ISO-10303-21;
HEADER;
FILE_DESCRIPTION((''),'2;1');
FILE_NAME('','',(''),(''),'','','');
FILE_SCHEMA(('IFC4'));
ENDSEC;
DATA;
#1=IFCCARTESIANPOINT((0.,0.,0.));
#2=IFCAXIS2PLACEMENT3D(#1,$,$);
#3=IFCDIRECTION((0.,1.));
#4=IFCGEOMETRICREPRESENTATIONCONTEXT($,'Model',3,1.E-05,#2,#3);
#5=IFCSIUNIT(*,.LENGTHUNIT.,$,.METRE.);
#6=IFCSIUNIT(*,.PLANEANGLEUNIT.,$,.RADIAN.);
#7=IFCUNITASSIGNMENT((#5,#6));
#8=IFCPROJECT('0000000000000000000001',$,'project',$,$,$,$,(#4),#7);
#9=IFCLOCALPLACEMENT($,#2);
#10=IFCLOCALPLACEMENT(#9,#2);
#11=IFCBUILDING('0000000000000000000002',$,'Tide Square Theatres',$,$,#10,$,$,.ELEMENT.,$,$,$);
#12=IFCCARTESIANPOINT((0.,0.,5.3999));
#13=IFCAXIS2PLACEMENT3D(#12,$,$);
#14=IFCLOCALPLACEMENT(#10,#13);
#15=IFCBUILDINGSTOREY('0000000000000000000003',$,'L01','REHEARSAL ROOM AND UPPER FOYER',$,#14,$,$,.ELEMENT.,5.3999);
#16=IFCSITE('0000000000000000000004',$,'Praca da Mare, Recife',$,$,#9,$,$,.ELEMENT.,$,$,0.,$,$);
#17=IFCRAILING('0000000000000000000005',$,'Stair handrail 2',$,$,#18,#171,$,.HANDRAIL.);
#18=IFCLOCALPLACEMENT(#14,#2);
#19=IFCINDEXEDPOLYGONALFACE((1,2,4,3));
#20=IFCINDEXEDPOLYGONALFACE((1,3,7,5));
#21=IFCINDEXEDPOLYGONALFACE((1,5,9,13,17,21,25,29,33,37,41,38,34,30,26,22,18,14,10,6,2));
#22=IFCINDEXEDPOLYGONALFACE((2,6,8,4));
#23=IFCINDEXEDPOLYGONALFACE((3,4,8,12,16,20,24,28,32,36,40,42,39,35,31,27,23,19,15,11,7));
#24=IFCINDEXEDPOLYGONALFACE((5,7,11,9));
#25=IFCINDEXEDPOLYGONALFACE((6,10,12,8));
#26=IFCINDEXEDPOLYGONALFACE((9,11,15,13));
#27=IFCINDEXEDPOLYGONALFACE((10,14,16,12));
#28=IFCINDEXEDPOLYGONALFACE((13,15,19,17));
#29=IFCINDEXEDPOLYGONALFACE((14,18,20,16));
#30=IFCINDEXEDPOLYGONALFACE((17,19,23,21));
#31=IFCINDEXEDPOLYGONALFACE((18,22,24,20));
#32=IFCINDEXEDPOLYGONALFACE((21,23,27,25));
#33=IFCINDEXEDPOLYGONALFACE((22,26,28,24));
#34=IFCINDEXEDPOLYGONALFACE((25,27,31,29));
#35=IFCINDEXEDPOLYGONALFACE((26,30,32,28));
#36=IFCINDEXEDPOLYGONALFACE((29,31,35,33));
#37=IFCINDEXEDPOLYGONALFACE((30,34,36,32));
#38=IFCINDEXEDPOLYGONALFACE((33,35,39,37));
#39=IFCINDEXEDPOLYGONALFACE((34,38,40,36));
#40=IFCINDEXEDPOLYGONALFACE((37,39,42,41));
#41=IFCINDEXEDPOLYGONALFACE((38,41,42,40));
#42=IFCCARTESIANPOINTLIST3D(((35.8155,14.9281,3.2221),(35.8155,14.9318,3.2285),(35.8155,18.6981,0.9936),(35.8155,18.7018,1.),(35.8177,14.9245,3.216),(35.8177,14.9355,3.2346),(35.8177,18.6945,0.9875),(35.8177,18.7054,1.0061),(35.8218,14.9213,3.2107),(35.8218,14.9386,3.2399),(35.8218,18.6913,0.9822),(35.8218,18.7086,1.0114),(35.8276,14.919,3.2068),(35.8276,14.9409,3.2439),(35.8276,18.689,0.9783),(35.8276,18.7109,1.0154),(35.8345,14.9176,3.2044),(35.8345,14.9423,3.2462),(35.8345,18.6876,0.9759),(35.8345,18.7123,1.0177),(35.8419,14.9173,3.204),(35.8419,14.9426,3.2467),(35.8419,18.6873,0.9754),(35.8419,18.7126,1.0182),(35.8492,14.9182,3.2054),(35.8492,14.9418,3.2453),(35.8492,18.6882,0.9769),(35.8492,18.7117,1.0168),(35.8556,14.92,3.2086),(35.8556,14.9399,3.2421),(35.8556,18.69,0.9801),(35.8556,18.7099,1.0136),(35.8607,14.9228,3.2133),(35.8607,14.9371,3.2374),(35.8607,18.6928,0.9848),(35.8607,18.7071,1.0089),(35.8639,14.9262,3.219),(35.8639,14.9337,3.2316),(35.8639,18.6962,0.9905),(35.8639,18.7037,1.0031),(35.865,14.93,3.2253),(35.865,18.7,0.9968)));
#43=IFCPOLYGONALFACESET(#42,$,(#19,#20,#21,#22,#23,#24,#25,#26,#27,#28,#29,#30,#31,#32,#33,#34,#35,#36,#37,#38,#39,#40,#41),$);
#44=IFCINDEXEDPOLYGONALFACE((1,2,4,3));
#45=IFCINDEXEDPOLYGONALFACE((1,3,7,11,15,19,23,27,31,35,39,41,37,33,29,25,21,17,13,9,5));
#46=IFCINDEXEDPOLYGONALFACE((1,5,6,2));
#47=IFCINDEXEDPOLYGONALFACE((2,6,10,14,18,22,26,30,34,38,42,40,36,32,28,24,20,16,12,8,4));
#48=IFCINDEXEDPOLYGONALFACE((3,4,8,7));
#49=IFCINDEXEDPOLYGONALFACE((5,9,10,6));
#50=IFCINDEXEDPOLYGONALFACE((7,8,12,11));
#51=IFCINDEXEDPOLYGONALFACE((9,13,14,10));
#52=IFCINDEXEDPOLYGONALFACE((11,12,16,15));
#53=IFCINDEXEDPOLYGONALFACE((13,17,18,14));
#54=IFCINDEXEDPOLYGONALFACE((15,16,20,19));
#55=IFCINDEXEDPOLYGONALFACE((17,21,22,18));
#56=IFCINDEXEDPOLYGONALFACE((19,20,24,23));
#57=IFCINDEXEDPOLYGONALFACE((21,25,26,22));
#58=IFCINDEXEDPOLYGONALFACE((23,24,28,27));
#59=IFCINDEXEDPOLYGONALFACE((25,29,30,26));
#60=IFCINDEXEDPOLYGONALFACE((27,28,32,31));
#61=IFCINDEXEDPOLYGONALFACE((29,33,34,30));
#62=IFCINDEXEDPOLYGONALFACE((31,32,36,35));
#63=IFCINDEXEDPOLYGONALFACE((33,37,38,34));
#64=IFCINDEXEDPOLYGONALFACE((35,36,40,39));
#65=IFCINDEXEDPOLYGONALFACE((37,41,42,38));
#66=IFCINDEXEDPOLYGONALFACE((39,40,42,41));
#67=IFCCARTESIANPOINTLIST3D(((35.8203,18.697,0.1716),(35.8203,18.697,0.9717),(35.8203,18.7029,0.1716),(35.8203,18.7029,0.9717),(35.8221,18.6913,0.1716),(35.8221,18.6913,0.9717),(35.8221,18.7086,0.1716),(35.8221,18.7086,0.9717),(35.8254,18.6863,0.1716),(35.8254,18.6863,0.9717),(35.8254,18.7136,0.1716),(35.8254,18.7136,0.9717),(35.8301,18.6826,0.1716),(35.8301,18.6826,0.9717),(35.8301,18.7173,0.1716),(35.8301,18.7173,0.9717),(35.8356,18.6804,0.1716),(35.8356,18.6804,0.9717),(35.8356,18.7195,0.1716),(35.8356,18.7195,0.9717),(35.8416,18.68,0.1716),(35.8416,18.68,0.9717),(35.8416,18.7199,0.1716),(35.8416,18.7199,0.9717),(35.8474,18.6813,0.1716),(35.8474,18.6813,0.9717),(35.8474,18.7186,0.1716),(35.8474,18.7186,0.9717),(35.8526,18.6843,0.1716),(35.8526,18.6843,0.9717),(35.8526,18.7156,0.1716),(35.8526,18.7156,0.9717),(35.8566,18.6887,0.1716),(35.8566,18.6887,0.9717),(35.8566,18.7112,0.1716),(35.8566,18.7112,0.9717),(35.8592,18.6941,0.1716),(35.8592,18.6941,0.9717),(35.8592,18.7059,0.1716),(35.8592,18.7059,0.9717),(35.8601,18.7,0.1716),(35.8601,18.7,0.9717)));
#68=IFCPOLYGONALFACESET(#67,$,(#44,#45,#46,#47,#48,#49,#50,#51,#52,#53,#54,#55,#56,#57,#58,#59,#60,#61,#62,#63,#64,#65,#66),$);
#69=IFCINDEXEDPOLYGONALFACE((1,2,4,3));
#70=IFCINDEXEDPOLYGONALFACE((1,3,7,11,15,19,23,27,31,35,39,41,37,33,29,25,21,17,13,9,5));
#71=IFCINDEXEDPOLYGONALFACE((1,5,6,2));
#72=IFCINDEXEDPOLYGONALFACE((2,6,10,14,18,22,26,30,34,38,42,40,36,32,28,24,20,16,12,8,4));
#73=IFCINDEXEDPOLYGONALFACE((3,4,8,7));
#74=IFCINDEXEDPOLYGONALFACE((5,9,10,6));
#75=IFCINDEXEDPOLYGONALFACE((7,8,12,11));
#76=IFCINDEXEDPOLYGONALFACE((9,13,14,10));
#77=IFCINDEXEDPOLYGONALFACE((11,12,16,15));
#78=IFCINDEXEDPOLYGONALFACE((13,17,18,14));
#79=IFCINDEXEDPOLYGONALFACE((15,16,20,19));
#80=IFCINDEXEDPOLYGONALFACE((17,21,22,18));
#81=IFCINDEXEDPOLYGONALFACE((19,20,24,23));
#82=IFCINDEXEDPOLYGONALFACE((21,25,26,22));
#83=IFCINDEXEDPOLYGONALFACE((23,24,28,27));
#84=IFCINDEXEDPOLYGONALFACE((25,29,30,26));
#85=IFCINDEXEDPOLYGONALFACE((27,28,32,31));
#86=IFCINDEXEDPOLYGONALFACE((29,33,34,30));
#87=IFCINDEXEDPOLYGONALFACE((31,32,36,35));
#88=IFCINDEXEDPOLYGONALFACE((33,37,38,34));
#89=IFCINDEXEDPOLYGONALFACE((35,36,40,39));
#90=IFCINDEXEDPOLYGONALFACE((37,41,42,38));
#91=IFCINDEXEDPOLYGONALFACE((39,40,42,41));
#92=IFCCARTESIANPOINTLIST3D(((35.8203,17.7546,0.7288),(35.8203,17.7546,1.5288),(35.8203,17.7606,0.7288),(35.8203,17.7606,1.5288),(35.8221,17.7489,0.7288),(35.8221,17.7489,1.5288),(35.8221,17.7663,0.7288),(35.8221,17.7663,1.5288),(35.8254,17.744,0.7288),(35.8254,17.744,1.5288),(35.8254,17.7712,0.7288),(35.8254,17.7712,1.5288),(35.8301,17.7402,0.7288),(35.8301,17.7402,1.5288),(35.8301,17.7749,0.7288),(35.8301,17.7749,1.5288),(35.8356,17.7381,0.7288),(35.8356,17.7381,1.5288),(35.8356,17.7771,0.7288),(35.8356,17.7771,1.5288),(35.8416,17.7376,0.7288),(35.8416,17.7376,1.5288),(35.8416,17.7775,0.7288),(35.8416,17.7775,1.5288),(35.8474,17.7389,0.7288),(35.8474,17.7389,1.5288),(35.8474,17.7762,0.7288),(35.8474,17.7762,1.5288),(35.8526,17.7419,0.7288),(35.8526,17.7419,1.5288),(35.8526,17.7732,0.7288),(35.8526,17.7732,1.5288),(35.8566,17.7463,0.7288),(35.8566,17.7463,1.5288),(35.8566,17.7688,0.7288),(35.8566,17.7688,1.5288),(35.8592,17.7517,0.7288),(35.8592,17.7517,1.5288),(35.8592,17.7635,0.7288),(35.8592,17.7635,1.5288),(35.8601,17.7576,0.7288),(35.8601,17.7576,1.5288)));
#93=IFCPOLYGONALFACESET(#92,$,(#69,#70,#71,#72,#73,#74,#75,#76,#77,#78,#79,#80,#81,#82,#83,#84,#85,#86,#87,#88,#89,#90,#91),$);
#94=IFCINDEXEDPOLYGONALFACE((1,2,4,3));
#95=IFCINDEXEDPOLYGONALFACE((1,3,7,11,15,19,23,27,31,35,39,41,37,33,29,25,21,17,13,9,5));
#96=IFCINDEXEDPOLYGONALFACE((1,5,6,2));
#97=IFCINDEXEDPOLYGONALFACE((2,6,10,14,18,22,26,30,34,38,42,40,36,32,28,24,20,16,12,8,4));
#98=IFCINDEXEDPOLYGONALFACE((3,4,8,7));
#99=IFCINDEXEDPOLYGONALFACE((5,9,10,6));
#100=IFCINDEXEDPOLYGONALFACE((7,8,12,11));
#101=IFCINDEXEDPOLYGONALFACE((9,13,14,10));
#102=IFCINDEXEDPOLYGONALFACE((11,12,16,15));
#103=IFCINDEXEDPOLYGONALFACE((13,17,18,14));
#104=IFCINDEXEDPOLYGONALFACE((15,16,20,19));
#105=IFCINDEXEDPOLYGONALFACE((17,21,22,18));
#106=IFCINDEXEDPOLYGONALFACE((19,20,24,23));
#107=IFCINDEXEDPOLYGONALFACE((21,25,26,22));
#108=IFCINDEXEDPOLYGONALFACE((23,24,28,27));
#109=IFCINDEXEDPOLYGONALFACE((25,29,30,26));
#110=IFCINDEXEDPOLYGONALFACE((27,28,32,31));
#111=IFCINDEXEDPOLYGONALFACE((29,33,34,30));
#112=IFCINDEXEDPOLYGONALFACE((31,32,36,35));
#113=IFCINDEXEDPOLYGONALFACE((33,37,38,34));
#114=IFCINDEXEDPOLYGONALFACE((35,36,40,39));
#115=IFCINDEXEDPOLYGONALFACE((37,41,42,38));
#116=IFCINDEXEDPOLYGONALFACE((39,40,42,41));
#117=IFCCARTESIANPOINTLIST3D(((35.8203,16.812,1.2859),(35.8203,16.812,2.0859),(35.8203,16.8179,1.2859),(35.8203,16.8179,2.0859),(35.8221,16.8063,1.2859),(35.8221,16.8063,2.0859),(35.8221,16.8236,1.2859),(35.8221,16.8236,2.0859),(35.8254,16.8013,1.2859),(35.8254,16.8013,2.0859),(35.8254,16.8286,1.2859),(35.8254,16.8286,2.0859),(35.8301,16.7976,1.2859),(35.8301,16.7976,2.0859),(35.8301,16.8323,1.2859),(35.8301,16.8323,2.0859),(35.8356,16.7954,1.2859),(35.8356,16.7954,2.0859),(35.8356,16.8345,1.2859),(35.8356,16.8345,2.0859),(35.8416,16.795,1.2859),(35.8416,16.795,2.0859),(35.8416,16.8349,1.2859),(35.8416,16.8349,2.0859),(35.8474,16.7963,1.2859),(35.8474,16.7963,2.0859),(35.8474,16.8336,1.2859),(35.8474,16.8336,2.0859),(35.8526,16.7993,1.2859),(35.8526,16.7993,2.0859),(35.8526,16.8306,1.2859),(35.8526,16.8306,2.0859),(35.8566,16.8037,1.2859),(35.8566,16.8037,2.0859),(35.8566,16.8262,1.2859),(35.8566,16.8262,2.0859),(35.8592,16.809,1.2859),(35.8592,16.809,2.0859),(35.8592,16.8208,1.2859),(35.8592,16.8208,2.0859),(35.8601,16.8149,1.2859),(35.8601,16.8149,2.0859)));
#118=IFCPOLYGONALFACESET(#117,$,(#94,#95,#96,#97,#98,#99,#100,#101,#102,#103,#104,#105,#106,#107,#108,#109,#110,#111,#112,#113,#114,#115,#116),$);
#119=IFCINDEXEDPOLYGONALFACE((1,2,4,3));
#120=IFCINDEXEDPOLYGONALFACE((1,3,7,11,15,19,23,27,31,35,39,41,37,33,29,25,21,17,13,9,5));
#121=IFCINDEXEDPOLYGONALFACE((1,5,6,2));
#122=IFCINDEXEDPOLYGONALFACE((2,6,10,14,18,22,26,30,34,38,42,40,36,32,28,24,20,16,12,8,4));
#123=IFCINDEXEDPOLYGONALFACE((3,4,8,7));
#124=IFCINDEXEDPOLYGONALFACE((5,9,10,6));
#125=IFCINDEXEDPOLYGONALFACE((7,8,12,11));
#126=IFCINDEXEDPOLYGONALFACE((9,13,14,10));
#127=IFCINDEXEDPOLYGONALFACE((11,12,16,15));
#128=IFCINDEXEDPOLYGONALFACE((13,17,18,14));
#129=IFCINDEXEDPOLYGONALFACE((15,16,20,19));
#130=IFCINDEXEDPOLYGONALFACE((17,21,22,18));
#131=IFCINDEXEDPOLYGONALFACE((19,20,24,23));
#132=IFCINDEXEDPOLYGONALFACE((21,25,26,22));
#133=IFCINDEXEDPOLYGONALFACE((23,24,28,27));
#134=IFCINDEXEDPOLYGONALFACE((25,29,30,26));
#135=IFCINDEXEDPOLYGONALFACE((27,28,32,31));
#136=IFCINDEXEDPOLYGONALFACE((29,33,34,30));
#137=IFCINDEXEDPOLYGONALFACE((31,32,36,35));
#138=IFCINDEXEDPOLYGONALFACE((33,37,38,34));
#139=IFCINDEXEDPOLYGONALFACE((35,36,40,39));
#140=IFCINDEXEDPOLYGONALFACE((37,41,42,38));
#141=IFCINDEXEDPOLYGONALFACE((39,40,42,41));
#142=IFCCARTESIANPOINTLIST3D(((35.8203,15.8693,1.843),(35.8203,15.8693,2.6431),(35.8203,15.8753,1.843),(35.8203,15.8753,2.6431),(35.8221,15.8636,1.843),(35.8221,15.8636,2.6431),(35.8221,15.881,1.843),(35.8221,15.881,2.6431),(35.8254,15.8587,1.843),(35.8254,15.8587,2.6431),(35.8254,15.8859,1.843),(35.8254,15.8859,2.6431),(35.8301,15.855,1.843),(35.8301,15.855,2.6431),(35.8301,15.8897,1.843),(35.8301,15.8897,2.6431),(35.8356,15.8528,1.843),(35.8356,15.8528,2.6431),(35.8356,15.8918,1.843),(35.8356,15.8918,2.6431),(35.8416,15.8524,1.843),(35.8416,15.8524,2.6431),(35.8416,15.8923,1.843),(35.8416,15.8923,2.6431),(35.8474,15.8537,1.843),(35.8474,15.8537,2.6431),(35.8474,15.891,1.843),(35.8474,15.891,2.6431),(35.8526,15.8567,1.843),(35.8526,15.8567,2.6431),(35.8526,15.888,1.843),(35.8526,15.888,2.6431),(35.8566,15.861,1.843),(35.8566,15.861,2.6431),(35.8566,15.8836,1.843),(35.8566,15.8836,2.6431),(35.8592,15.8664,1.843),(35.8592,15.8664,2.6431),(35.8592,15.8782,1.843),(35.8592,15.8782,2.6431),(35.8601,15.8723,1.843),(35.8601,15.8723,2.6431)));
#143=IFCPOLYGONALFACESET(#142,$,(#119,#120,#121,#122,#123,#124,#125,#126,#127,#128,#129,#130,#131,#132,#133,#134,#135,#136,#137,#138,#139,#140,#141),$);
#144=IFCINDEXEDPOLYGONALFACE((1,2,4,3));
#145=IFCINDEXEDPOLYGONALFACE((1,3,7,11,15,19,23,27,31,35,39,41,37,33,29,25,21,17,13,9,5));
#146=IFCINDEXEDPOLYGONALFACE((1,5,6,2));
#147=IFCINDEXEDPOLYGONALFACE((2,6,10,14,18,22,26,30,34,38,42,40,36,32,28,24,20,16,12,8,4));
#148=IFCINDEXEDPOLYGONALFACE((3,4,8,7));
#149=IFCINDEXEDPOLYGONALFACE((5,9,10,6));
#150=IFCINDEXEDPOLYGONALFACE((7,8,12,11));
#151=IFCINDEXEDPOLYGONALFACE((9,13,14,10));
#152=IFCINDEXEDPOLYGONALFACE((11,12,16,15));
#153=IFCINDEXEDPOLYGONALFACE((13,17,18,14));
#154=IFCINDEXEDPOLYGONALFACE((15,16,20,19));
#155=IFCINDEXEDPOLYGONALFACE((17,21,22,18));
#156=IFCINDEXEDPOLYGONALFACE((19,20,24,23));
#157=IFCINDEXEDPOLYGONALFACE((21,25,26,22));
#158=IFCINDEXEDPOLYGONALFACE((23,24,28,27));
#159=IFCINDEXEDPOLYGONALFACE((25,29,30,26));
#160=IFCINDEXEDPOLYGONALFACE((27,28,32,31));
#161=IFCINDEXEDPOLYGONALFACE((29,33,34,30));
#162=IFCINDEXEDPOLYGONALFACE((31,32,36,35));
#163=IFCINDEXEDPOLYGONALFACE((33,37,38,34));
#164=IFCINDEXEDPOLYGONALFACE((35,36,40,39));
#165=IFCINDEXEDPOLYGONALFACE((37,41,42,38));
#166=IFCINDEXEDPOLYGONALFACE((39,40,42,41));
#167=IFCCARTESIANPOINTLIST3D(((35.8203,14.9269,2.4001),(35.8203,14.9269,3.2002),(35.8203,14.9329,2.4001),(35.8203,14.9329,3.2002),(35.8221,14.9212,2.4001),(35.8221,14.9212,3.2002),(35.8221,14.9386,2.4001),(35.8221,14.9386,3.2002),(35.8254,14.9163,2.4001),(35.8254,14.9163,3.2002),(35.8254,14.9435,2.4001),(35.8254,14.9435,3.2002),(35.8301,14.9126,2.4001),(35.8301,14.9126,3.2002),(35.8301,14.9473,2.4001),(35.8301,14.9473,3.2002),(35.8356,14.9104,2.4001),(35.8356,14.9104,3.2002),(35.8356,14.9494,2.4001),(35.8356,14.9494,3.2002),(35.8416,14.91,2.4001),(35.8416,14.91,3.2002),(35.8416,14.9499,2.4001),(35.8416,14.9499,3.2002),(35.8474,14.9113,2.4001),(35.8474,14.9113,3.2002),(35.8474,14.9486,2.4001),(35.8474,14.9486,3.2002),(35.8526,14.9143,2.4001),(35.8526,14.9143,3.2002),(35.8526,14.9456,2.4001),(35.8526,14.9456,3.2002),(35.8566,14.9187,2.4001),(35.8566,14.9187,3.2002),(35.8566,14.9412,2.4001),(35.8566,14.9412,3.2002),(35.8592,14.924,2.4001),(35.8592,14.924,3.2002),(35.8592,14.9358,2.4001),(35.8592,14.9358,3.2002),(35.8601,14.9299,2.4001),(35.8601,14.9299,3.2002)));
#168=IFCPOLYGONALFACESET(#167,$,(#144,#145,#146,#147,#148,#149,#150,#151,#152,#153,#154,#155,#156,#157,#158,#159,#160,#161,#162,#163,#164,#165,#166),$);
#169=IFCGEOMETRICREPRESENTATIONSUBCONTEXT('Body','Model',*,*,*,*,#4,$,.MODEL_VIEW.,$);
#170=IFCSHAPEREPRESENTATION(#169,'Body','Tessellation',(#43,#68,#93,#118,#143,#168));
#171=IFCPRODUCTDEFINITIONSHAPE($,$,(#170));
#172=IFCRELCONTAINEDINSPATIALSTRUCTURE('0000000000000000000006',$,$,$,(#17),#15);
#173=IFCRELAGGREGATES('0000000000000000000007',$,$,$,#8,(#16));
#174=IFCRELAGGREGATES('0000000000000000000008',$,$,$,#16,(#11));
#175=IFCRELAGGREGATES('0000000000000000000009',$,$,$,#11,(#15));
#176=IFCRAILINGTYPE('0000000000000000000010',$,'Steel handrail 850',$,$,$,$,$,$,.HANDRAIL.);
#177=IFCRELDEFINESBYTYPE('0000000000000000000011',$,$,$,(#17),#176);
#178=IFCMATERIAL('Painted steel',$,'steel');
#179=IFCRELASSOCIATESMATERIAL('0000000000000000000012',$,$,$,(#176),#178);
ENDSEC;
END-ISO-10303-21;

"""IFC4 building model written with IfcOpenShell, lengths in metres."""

from ifc_helpers import new_model, si_unit, direction, frame, origin, origin_2d, place, context, subcontext, project, spatial, circle, extrude, material, type_object, element, save


model = new_model("IFC4")

# Units and contexts
model_context = context("Model", 3, precision=1e-05, world=origin(), true_north=direction((0.0, 1.0)))
body_context = subcontext(model_context, "Body", "Model", "MODEL_VIEW")
ifc_project = project(units=[si_unit("LENGTHUNIT", "METRE"), si_unit("PLANEANGLEUNIT", "RADIAN")], contexts=[model_context])

# Site, building, storey
site_placement = place(None, origin())
site = spatial("IfcSite", under=ifc_project, at=site_placement, Name="Praca da Mare, Recife", CompositionType="ELEMENT", RefElevation=0.0)
building_placement = place(site_placement, origin())
building = spatial("IfcBuilding", under=site, at=building_placement, Name="Tide Square Theatres", CompositionType="ELEMENT")
storey_placement = place(building_placement, frame((0.0, 0.0, 5.3999)))
storey = spatial("IfcBuildingStorey", under=building, at=storey_placement, Name="L01", Description="REHEARSAL ROOM AND UPPER FOYER", CompositionType="ELEMENT", Elevation=5.3999)

# Railing
ifc_material_1 = material(Name="Painted steel", Category="steel")
railing_type_1 = type_object("IfcRailingType", Name="Steel handrail 850", PredefinedType="HANDRAIL", material=ifc_material_1)
railing_1_placement = place(storey_placement, frame((35.8401, 18.7, 0.1716)))
element("IfcRailing", 1, at=railing_1_placement, inside=storey, type_object=railing_type_1, Name="Stair handrail 2", PredefinedType="HANDRAIL", context=body_context, shape_type="SweptSolid", body=[
    extrude(circle(Radius=0.0249, at=origin_2d()), frame((0.0, 0.0, 0.8252), z_axis=(0.0, -0.860849, 0.508861), x_axis=(1.0, 0.0, 0.0)), (0.0, 0.0, 1.0), 4.3794),
    extrude(circle(Radius=0.02, at=origin_2d()), origin(), (0.0, 0.0, 1.0), 0.8),
    extrude(circle(Radius=0.02, at=origin_2d()), frame((0.0, -0.9424, 0.5571)), (0.0, 0.0, 1.0), 0.8),
    extrude(circle(Radius=0.02, at=origin_2d()), frame((0.0, -1.885, 1.1143)), (0.0, 0.0, 1.0), 0.8),
    extrude(circle(Radius=0.02, at=origin_2d()), frame((0.0, -2.8276, 1.6714)), (0.0, 0.0, 1.0), 0.8),
    extrude(circle(Radius=0.02, at=origin_2d()), frame((0.0, -3.77, 2.2285)), (0.0, 0.0, 1.0), 0.8),
])

save(model, "model.ifc")
